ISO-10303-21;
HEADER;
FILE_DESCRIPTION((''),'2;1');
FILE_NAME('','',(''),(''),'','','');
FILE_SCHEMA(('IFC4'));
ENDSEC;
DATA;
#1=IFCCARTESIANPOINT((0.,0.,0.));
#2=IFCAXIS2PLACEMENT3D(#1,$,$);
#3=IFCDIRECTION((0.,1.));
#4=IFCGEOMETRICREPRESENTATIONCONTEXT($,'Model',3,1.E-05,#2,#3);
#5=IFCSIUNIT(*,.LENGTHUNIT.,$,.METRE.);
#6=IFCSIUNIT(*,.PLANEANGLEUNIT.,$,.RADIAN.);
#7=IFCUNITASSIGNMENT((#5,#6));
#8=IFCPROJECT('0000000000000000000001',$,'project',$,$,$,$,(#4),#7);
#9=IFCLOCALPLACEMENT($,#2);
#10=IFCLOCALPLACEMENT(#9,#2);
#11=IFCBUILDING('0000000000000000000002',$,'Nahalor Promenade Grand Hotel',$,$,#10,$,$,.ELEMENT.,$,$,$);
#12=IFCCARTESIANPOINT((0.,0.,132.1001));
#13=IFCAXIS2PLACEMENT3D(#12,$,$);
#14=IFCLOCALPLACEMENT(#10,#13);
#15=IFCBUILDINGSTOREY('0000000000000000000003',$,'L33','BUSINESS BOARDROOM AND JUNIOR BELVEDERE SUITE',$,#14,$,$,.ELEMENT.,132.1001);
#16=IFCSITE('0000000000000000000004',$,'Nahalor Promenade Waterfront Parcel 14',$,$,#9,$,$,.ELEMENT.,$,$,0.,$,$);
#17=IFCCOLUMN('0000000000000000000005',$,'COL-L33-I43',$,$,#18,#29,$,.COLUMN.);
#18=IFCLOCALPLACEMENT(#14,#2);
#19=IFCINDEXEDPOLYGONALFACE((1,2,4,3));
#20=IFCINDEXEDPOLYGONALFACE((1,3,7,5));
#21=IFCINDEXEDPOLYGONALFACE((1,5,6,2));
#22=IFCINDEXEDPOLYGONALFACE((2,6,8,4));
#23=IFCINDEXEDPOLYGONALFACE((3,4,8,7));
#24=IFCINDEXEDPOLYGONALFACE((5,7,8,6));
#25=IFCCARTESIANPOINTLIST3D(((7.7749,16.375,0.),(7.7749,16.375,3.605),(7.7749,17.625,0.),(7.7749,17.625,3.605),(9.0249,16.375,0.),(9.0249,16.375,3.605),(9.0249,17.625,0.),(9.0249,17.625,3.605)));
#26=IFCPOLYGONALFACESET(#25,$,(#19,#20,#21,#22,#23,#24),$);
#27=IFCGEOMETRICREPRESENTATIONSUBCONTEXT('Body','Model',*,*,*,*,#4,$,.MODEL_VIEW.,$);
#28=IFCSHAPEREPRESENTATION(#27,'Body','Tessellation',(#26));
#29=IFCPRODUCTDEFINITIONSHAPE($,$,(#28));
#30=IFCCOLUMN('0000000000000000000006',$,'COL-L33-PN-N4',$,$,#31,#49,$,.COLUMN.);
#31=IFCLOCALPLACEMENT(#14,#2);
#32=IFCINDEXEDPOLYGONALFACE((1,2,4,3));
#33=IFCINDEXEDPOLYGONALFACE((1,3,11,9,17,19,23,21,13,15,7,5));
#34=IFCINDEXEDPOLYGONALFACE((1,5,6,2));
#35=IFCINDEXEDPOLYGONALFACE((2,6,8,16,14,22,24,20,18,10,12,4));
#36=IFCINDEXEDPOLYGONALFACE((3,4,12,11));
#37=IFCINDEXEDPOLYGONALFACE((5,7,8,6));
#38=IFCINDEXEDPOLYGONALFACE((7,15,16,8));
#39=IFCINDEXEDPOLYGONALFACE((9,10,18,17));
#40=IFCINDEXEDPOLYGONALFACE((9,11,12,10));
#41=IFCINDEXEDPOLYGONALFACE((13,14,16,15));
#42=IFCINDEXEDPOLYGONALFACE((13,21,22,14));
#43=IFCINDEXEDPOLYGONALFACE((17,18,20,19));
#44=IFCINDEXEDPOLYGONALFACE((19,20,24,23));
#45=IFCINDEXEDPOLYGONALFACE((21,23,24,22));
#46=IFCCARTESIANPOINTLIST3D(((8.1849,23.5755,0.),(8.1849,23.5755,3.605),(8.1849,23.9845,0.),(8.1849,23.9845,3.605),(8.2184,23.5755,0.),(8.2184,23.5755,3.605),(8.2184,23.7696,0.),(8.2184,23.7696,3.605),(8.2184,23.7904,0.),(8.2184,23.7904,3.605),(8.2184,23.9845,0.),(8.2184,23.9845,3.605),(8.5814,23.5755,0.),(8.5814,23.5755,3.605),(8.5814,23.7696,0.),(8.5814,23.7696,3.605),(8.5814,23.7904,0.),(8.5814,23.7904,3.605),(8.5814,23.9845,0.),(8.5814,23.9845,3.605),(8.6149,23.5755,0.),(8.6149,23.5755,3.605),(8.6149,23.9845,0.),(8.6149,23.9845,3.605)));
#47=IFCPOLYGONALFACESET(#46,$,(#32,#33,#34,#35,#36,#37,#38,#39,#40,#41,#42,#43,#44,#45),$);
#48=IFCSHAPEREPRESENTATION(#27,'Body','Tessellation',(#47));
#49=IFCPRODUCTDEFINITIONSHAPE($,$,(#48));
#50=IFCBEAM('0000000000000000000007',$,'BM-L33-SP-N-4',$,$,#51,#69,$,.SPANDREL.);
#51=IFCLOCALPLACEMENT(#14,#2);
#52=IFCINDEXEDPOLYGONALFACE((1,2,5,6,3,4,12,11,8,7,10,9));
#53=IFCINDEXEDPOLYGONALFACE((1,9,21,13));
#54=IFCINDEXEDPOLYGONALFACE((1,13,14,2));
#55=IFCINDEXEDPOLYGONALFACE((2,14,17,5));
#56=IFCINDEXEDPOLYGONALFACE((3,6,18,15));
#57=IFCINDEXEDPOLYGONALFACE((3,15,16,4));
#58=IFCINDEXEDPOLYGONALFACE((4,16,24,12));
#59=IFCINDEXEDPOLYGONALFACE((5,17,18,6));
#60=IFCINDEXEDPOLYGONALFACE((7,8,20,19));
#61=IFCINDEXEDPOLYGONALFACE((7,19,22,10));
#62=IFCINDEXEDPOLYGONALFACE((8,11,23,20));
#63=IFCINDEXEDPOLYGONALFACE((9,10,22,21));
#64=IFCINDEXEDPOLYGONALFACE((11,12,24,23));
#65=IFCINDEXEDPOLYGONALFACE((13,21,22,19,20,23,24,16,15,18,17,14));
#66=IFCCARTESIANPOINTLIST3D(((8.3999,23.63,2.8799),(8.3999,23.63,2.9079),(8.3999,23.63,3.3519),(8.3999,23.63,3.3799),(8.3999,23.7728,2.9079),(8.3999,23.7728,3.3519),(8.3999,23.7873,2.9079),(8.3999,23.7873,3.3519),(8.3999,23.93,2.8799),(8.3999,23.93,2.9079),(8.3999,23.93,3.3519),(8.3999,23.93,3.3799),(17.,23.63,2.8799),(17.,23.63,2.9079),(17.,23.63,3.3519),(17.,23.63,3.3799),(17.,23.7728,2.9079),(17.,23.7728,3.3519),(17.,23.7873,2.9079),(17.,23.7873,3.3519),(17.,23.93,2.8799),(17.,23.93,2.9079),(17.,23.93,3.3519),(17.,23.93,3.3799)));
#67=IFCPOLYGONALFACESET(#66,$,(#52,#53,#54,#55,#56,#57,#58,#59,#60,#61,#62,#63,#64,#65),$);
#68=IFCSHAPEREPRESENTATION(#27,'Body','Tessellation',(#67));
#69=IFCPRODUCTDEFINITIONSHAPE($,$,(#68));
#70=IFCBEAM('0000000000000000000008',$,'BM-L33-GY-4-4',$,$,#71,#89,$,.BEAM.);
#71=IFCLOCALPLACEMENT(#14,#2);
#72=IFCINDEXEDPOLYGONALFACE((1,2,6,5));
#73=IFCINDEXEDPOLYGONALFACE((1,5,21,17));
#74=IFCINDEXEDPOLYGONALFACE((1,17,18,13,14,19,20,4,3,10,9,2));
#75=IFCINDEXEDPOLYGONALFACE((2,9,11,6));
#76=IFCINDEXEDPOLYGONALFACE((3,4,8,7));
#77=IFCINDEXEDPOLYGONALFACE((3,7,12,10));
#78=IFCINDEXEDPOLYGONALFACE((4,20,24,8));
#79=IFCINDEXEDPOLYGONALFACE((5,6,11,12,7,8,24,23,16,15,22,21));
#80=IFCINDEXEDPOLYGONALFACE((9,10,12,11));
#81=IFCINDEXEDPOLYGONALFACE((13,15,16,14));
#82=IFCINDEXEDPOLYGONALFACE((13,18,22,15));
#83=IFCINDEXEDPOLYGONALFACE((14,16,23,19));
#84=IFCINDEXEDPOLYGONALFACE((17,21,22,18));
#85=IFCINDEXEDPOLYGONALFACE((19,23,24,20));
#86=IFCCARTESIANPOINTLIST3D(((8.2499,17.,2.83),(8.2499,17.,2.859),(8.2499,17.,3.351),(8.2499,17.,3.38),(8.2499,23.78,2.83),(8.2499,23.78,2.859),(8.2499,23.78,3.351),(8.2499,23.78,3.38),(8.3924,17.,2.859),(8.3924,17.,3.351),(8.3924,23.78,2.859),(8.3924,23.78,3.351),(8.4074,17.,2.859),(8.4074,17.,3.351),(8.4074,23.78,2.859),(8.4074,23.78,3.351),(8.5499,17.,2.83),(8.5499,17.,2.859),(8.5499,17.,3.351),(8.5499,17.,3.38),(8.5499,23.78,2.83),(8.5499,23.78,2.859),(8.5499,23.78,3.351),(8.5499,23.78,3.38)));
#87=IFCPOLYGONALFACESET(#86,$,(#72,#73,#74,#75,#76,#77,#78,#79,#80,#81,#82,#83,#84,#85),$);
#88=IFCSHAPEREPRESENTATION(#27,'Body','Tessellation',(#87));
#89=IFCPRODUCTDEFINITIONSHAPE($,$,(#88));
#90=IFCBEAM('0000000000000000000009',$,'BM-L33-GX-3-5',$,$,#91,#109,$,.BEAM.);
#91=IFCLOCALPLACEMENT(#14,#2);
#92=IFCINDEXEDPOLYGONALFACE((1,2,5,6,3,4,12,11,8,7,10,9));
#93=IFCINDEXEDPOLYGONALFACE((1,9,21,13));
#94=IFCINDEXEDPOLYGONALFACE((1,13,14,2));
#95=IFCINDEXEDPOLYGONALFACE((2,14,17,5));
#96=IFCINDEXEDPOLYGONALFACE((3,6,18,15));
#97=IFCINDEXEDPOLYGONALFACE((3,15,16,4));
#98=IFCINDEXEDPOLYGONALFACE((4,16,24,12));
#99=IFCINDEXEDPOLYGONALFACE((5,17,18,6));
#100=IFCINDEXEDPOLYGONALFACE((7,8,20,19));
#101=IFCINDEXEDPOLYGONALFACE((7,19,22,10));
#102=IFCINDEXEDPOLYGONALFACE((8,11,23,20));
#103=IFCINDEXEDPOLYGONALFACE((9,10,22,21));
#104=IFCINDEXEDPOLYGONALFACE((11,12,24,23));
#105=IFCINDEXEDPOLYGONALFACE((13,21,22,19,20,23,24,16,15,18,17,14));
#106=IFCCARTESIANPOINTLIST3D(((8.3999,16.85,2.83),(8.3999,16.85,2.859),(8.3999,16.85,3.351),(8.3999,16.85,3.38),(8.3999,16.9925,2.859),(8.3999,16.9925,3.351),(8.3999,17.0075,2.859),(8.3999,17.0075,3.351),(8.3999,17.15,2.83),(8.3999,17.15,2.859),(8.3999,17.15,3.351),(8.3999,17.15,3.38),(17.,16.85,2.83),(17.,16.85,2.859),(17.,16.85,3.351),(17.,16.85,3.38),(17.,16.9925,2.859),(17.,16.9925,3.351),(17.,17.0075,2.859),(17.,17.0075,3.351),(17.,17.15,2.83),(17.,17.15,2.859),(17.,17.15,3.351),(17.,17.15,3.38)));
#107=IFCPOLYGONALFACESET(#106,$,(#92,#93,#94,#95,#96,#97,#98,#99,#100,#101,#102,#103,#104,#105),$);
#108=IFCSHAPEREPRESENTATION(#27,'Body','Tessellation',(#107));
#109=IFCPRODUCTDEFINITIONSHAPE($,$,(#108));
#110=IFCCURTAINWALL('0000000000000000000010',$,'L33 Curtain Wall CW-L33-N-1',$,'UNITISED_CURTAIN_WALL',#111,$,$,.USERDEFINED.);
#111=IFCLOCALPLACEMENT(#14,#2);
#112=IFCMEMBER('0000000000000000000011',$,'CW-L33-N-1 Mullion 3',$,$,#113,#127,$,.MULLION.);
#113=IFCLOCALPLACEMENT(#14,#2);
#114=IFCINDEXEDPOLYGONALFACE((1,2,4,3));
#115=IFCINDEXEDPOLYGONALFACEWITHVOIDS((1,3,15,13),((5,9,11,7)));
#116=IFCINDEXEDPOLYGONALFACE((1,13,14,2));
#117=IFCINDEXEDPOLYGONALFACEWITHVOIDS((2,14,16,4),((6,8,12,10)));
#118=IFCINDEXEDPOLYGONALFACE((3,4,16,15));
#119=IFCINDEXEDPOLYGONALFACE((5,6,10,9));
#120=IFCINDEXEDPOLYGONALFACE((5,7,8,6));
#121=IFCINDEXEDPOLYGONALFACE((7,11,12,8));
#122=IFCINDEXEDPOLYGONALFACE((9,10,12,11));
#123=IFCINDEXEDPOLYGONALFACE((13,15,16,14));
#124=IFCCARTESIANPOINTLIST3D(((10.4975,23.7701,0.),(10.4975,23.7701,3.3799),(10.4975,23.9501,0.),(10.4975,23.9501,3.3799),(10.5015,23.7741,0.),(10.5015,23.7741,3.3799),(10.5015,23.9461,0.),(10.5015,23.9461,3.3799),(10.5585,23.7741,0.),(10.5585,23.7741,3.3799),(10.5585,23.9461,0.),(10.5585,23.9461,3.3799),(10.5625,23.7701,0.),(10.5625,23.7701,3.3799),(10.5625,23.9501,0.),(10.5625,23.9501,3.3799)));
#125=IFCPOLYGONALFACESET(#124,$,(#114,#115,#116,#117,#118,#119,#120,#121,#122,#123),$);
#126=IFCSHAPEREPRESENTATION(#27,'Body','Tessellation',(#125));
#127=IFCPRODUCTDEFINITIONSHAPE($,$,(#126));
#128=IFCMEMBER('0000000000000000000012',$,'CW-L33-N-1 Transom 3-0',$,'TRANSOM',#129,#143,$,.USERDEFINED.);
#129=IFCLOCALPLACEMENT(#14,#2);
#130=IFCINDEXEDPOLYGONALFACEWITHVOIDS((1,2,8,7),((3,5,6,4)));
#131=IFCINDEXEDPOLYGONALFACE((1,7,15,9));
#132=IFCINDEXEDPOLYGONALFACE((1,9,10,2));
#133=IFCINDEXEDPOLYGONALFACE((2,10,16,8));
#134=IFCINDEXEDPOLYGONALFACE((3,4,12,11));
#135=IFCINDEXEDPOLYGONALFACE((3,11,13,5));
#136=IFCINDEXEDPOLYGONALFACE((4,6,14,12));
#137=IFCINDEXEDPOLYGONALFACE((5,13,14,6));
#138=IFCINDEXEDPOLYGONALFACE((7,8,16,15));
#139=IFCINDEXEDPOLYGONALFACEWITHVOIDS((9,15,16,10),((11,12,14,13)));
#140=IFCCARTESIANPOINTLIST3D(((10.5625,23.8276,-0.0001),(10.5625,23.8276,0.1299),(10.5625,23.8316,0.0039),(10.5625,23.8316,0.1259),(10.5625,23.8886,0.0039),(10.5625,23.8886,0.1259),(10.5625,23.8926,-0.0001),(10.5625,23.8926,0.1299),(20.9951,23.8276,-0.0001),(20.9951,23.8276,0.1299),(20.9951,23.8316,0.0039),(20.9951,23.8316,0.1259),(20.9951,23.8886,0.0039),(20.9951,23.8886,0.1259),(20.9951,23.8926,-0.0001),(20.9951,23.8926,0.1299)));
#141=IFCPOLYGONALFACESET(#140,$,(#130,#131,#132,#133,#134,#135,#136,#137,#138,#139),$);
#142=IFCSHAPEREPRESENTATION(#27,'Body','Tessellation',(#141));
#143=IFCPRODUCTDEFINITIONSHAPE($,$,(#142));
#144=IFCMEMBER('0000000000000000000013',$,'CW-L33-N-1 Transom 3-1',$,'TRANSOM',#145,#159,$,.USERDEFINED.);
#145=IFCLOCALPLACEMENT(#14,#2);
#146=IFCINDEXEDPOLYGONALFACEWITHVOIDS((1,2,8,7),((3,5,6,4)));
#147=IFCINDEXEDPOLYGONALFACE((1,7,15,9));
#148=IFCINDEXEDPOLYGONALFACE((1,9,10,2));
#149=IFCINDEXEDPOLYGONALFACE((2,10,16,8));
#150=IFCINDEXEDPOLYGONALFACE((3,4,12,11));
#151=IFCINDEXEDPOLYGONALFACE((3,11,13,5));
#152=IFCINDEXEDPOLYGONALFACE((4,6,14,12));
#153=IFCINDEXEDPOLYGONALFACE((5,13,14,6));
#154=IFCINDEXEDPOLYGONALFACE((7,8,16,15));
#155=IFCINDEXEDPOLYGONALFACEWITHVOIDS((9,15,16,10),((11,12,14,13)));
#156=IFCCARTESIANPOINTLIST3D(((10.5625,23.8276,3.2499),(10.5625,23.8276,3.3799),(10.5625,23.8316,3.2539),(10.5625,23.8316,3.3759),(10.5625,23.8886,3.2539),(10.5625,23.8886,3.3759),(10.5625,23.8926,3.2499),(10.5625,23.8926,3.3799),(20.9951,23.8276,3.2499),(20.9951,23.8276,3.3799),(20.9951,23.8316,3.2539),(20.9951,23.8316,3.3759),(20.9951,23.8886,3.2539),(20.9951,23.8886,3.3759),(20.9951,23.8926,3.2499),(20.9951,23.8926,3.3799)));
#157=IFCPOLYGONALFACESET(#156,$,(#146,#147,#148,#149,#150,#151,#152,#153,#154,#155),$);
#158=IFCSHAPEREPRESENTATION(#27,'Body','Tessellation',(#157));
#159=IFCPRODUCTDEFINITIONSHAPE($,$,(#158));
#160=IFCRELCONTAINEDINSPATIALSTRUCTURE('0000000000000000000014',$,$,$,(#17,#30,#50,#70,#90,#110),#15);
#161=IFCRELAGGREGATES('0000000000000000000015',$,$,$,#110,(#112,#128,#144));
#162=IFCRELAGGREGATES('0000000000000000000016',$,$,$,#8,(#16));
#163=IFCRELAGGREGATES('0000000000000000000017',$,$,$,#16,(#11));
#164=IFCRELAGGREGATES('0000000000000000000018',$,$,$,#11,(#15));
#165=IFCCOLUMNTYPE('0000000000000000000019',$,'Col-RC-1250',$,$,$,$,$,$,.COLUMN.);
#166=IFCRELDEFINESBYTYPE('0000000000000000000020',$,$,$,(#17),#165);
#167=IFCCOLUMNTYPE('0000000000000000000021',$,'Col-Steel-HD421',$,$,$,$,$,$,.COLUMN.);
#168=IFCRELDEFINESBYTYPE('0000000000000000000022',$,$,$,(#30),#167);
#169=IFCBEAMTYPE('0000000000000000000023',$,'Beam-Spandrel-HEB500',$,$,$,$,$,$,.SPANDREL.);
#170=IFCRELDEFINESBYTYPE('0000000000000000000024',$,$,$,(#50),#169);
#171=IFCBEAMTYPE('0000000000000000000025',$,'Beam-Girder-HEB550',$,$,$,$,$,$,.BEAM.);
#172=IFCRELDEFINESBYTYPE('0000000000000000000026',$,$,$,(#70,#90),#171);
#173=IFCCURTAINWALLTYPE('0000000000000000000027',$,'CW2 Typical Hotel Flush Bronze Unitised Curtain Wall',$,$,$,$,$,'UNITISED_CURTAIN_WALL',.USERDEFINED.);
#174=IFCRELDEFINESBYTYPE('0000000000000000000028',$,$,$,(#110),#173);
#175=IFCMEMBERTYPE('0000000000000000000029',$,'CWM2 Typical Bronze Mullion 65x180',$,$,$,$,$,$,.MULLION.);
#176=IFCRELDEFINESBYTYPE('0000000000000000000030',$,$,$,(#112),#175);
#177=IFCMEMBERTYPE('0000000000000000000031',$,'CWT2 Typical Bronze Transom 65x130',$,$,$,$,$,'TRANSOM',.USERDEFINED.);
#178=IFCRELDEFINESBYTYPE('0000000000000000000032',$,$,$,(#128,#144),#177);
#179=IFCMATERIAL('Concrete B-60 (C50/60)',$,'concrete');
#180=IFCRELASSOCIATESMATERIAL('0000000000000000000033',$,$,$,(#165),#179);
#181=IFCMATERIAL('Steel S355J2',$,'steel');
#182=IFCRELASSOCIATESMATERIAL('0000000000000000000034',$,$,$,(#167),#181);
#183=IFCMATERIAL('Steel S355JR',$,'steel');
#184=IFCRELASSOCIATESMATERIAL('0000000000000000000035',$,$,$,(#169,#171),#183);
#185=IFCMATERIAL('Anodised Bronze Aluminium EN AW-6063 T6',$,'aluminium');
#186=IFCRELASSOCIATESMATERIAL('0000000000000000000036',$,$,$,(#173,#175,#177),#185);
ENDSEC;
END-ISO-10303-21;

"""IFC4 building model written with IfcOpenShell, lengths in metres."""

from ifc_helpers import new_model, si_unit, direction, frame, origin, origin_2d, place, context, subcontext, project, spatial, rectangle, hollow_rectangle, i_section, extrude, source, transform, mapped, material, material_profile, profile_set, type_object, element, aggregate, save


model = new_model("IFC4")

# Units and contexts
model_context = context("Model", 3, precision=1e-05, world=origin(), true_north=direction((0.0, 1.0)))
body_context = subcontext(model_context, "Body", "Model", "MODEL_VIEW")
ifc_project = project(units=[si_unit("LENGTHUNIT", "METRE"), si_unit("PLANEANGLEUNIT", "RADIAN")], contexts=[model_context])

# Site, building, storey
site_placement = place(None, origin())
site = spatial("IfcSite", under=ifc_project, at=site_placement, Name="Nahalor Promenade Waterfront Parcel 14", CompositionType="ELEMENT", RefElevation=0.0)
building_placement = place(site_placement, origin())
building = spatial("IfcBuilding", under=site, at=building_placement, Name="Nahalor Promenade Grand Hotel", CompositionType="ELEMENT")
storey_placement = place(building_placement, frame((0.0, 0.0, 132.1001)))
storey = spatial("IfcBuildingStorey", under=building, at=storey_placement, Name="L33", Description="BUSINESS BOARDROOM AND JUNIOR BELVEDERE SUITE", CompositionType="ELEMENT", Elevation=132.1001)

# Columns
ifc_material_1 = material(Name="Concrete B-60 (C50/60)", Category="concrete")
ifc_material_profile_1 = material_profile(ifc_material_1, rectangle(XDim=1.25, YDim=1.25, at=origin_2d()), Name="RC 1250x1250")
ifc_profile_set_1 = profile_set([ifc_material_profile_1], Name="Concrete B-60 (C50/60)")
column_type_1 = type_object("IfcColumnType", Name="Col-RC-1250", PredefinedType="COLUMN", material=ifc_profile_set_1)
shared_shape_1 = source(origin(), body_context, "Body", "SweptSolid", [
    extrude(rectangle(XDim=1.25, YDim=1.25, at=origin_2d()), origin(), (0.0, 0.0, 1.0), 3.605),
])
column_1_placement = place(storey_placement, frame((8.3999, 17.0, 0.0), z_axis=(0.0, 0.0, 1.0), x_axis=(1.0, 0.0, 0.0)))
element("IfcColumn", 1, at=column_1_placement, inside=storey, type_object=column_type_1, Name="COL-L33-I43", PredefinedType="COLUMN", context=body_context, shape_type="MappedRepresentation", body=[
    mapped(shared_shape_1, transform((0.0, 0.0, 0.0), scale=1.0)),
])
ifc_material_2 = material(Name="Steel S355J2", Category="steel")
ifc_material_profile_2 = material_profile(ifc_material_2, i_section(OverallWidth=0.409, OverallDepth=0.43, WebThickness=0.0208, FlangeThickness=0.0335, at=origin_2d()), Name="HD 400x421")
ifc_profile_set_2 = profile_set([ifc_material_profile_2], Name="Steel S355J2")
column_type_2 = type_object("IfcColumnType", Name="Col-Steel-HD421", PredefinedType="COLUMN", material=ifc_profile_set_2)
shared_shape_2 = source(origin(), body_context, "Body", "SweptSolid", [
    extrude(i_section(OverallWidth=0.409, OverallDepth=0.43, WebThickness=0.0208, FlangeThickness=0.0335, at=origin_2d()), origin(), (0.0, 0.0, 1.0), 3.605),
])
column_2_placement = place(storey_placement, frame((8.3999, 23.78, 0.0), z_axis=(0.0, 0.0, 1.0), x_axis=(0.0, 1.0, 0.0)))
element("IfcColumn", 2, at=column_2_placement, inside=storey, type_object=column_type_2, Name="COL-L33-PN-N4", PredefinedType="COLUMN", context=body_context, shape_type="MappedRepresentation", body=[
    mapped(shared_shape_2, transform((0.0, 0.0, 0.0), scale=1.0)),
])

# Beams
ifc_material_3 = material(Name="Steel S355JR", Category="steel")
ifc_material_profile_3 = material_profile(ifc_material_3, i_section(OverallWidth=0.3, OverallDepth=0.5, WebThickness=0.0145, FlangeThickness=0.028, at=origin_2d()), Name="HEB 500")
ifc_profile_set_3 = profile_set([ifc_material_profile_3], Name="Steel S355JR")
beam_type_1 = type_object("IfcBeamType", Name="Beam-Spandrel-HEB500", PredefinedType="SPANDREL", material=ifc_profile_set_3)
shared_shape_3 = source(origin(), body_context, "Body", "SweptSolid", [
    extrude(i_section(OverallWidth=0.3, OverallDepth=0.5, WebThickness=0.0145, FlangeThickness=0.028, at=origin_2d()), origin(), (0.0, 0.0, 1.0), 8.6001),
])
beam_1_placement = place(storey_placement, frame((8.3999, 23.78, 3.1299), z_axis=(1.0, 0.0, 0.0), x_axis=(0.0, 1.0, 0.0)))
element("IfcBeam", 3, at=beam_1_placement, inside=storey, type_object=beam_type_1, Name="BM-L33-SP-N-4", PredefinedType="SPANDREL", context=body_context, shape_type="MappedRepresentation", body=[
    mapped(shared_shape_3, transform((0.0, 0.0, 0.0), scale=1.0)),
])
ifc_material_profile_4 = material_profile(ifc_material_3, i_section(OverallWidth=0.3, OverallDepth=0.55, WebThickness=0.015, FlangeThickness=0.029, at=origin_2d()), Name="HEB 550")
ifc_profile_set_4 = profile_set([ifc_material_profile_4], Name="Steel S355JR")
beam_type_2 = type_object("IfcBeamType", Name="Beam-Girder-HEB550", PredefinedType="BEAM", material=ifc_profile_set_4)
shared_shape_4 = source(origin(), body_context, "Body", "SweptSolid", [
    extrude(i_section(OverallWidth=0.3, OverallDepth=0.55, WebThickness=0.015, FlangeThickness=0.029, at=origin_2d()), origin(), (0.0, 0.0, 1.0), 6.78),
])
beam_2_placement = place(storey_placement, frame((8.3999, 17.0, 3.105), z_axis=(0.0, 1.0, 0.0), x_axis=(-1.0, 0.0, 0.0)))
element("IfcBeam", 4, at=beam_2_placement, inside=storey, type_object=beam_type_2, Name="BM-L33-GY-4-4", PredefinedType="BEAM", context=body_context, shape_type="MappedRepresentation", body=[
    mapped(shared_shape_4, transform((0.0, 0.0, 0.0), scale=1.0)),
])
shared_shape_5 = source(origin(), body_context, "Body", "SweptSolid", [
    extrude(i_section(OverallWidth=0.3, OverallDepth=0.55, WebThickness=0.015, FlangeThickness=0.029, at=origin_2d()), origin(), (0.0, 0.0, 1.0), 8.6001),
])
beam_3_placement = place(storey_placement, frame((8.3999, 17.0, 3.105), z_axis=(1.0, 0.0, 0.0), x_axis=(0.0, 1.0, 0.0)))
element("IfcBeam", 5, at=beam_3_placement, inside=storey, type_object=beam_type_2, Name="BM-L33-GX-3-5", PredefinedType="BEAM", context=body_context, shape_type="MappedRepresentation", body=[
    mapped(shared_shape_5, transform((0.0, 0.0, 0.0), scale=1.0)),
])

# Curtain wall, members
ifc_material_4 = material(Name="Anodised Bronze Aluminium EN AW-6063 T6", Category="aluminium")
curtain_wall_type = type_object("IfcCurtainWallType", Name="CW2 Typical Hotel Flush Bronze Unitised Curtain Wall", ElementType="UNITISED_CURTAIN_WALL", PredefinedType="USERDEFINED", material=ifc_material_4)
curtain_wall_placement = place(storey_placement, origin())
curtain_wall = element("IfcCurtainWall", 6, at=curtain_wall_placement, inside=storey, type_object=curtain_wall_type, Name="L33 Curtain Wall CW-L33-N-1", ObjectType="UNITISED_CURTAIN_WALL", PredefinedType="USERDEFINED")
ifc_material_profile_5 = material_profile(ifc_material_4, hollow_rectangle(XDim=0.065, YDim=0.18, WallThickness=0.004, at=origin_2d()), Name="CWM 65x180x4")
ifc_profile_set_5 = profile_set([ifc_material_profile_5], Name="Anodised Bronze Aluminium EN AW-6063 T6")
member_type_1 = type_object("IfcMemberType", Name="CWM2 Typical Bronze Mullion 65x180", PredefinedType="MULLION", material=ifc_profile_set_5)
shared_shape_6 = source(origin(), body_context, "Body", "SweptSolid", [
    extrude(hollow_rectangle(XDim=0.065, YDim=0.18, WallThickness=0.004, at=origin_2d()), origin(), (0.0, 0.0, 1.0), 3.3799),
])
member_1_placement = place(storey_placement, frame((10.53, 23.8601, 0.0), z_axis=(0.0, 0.0, 1.0), x_axis=(1.0, 0.0, 0.0)))
member_1 = element("IfcMember", 7, at=member_1_placement, type_object=member_type_1, Name="CW-L33-N-1 Mullion 3", PredefinedType="MULLION", context=body_context, shape_type="MappedRepresentation", body=[
    mapped(shared_shape_6, transform((0.0, 0.0, 0.0), scale=1.0)),
])
ifc_material_profile_6 = material_profile(ifc_material_4, hollow_rectangle(XDim=0.065, YDim=0.13, WallThickness=0.004, at=origin_2d()), Name="CWT 65x130x4")
ifc_profile_set_6 = profile_set([ifc_material_profile_6], Name="Anodised Bronze Aluminium EN AW-6063 T6")
member_type_2 = type_object("IfcMemberType", Name="CWT2 Typical Bronze Transom 65x130", ElementType="TRANSOM", PredefinedType="USERDEFINED", material=ifc_profile_set_6)
shared_shape_7 = source(origin(), body_context, "Body", "SweptSolid", [
    extrude(hollow_rectangle(XDim=0.065, YDim=0.13, WallThickness=0.004, at=origin_2d()), origin(), (0.0, 0.0, 1.0), 10.4326),
])
member_2_placement = place(storey_placement, frame((10.5625, 23.8601, 0.0649), z_axis=(1.0, 0.0, 0.0), x_axis=(0.0, 1.0, 0.0)))
member_2 = element("IfcMember", 8, at=member_2_placement, type_object=member_type_2, Name="CW-L33-N-1 Transom 3-0", ObjectType="TRANSOM", PredefinedType="USERDEFINED", context=body_context, shape_type="MappedRepresentation", body=[
    mapped(shared_shape_7, transform((0.0, 0.0, 0.0), scale=1.0)),
])
member_3_placement = place(storey_placement, frame((10.5625, 23.8601, 3.3149), z_axis=(1.0, 0.0, 0.0), x_axis=(0.0, 1.0, 0.0)))
member_3 = element("IfcMember", 9, at=member_3_placement, type_object=member_type_2, Name="CW-L33-N-1 Transom 3-1", ObjectType="TRANSOM", PredefinedType="USERDEFINED", context=body_context, shape_type="MappedRepresentation", body=[
    mapped(shared_shape_7, transform((0.0, 0.0, 0.0), scale=1.0)),
])
aggregate(curtain_wall, [member_1, member_2, member_3])

save(model, "model.ifc")
